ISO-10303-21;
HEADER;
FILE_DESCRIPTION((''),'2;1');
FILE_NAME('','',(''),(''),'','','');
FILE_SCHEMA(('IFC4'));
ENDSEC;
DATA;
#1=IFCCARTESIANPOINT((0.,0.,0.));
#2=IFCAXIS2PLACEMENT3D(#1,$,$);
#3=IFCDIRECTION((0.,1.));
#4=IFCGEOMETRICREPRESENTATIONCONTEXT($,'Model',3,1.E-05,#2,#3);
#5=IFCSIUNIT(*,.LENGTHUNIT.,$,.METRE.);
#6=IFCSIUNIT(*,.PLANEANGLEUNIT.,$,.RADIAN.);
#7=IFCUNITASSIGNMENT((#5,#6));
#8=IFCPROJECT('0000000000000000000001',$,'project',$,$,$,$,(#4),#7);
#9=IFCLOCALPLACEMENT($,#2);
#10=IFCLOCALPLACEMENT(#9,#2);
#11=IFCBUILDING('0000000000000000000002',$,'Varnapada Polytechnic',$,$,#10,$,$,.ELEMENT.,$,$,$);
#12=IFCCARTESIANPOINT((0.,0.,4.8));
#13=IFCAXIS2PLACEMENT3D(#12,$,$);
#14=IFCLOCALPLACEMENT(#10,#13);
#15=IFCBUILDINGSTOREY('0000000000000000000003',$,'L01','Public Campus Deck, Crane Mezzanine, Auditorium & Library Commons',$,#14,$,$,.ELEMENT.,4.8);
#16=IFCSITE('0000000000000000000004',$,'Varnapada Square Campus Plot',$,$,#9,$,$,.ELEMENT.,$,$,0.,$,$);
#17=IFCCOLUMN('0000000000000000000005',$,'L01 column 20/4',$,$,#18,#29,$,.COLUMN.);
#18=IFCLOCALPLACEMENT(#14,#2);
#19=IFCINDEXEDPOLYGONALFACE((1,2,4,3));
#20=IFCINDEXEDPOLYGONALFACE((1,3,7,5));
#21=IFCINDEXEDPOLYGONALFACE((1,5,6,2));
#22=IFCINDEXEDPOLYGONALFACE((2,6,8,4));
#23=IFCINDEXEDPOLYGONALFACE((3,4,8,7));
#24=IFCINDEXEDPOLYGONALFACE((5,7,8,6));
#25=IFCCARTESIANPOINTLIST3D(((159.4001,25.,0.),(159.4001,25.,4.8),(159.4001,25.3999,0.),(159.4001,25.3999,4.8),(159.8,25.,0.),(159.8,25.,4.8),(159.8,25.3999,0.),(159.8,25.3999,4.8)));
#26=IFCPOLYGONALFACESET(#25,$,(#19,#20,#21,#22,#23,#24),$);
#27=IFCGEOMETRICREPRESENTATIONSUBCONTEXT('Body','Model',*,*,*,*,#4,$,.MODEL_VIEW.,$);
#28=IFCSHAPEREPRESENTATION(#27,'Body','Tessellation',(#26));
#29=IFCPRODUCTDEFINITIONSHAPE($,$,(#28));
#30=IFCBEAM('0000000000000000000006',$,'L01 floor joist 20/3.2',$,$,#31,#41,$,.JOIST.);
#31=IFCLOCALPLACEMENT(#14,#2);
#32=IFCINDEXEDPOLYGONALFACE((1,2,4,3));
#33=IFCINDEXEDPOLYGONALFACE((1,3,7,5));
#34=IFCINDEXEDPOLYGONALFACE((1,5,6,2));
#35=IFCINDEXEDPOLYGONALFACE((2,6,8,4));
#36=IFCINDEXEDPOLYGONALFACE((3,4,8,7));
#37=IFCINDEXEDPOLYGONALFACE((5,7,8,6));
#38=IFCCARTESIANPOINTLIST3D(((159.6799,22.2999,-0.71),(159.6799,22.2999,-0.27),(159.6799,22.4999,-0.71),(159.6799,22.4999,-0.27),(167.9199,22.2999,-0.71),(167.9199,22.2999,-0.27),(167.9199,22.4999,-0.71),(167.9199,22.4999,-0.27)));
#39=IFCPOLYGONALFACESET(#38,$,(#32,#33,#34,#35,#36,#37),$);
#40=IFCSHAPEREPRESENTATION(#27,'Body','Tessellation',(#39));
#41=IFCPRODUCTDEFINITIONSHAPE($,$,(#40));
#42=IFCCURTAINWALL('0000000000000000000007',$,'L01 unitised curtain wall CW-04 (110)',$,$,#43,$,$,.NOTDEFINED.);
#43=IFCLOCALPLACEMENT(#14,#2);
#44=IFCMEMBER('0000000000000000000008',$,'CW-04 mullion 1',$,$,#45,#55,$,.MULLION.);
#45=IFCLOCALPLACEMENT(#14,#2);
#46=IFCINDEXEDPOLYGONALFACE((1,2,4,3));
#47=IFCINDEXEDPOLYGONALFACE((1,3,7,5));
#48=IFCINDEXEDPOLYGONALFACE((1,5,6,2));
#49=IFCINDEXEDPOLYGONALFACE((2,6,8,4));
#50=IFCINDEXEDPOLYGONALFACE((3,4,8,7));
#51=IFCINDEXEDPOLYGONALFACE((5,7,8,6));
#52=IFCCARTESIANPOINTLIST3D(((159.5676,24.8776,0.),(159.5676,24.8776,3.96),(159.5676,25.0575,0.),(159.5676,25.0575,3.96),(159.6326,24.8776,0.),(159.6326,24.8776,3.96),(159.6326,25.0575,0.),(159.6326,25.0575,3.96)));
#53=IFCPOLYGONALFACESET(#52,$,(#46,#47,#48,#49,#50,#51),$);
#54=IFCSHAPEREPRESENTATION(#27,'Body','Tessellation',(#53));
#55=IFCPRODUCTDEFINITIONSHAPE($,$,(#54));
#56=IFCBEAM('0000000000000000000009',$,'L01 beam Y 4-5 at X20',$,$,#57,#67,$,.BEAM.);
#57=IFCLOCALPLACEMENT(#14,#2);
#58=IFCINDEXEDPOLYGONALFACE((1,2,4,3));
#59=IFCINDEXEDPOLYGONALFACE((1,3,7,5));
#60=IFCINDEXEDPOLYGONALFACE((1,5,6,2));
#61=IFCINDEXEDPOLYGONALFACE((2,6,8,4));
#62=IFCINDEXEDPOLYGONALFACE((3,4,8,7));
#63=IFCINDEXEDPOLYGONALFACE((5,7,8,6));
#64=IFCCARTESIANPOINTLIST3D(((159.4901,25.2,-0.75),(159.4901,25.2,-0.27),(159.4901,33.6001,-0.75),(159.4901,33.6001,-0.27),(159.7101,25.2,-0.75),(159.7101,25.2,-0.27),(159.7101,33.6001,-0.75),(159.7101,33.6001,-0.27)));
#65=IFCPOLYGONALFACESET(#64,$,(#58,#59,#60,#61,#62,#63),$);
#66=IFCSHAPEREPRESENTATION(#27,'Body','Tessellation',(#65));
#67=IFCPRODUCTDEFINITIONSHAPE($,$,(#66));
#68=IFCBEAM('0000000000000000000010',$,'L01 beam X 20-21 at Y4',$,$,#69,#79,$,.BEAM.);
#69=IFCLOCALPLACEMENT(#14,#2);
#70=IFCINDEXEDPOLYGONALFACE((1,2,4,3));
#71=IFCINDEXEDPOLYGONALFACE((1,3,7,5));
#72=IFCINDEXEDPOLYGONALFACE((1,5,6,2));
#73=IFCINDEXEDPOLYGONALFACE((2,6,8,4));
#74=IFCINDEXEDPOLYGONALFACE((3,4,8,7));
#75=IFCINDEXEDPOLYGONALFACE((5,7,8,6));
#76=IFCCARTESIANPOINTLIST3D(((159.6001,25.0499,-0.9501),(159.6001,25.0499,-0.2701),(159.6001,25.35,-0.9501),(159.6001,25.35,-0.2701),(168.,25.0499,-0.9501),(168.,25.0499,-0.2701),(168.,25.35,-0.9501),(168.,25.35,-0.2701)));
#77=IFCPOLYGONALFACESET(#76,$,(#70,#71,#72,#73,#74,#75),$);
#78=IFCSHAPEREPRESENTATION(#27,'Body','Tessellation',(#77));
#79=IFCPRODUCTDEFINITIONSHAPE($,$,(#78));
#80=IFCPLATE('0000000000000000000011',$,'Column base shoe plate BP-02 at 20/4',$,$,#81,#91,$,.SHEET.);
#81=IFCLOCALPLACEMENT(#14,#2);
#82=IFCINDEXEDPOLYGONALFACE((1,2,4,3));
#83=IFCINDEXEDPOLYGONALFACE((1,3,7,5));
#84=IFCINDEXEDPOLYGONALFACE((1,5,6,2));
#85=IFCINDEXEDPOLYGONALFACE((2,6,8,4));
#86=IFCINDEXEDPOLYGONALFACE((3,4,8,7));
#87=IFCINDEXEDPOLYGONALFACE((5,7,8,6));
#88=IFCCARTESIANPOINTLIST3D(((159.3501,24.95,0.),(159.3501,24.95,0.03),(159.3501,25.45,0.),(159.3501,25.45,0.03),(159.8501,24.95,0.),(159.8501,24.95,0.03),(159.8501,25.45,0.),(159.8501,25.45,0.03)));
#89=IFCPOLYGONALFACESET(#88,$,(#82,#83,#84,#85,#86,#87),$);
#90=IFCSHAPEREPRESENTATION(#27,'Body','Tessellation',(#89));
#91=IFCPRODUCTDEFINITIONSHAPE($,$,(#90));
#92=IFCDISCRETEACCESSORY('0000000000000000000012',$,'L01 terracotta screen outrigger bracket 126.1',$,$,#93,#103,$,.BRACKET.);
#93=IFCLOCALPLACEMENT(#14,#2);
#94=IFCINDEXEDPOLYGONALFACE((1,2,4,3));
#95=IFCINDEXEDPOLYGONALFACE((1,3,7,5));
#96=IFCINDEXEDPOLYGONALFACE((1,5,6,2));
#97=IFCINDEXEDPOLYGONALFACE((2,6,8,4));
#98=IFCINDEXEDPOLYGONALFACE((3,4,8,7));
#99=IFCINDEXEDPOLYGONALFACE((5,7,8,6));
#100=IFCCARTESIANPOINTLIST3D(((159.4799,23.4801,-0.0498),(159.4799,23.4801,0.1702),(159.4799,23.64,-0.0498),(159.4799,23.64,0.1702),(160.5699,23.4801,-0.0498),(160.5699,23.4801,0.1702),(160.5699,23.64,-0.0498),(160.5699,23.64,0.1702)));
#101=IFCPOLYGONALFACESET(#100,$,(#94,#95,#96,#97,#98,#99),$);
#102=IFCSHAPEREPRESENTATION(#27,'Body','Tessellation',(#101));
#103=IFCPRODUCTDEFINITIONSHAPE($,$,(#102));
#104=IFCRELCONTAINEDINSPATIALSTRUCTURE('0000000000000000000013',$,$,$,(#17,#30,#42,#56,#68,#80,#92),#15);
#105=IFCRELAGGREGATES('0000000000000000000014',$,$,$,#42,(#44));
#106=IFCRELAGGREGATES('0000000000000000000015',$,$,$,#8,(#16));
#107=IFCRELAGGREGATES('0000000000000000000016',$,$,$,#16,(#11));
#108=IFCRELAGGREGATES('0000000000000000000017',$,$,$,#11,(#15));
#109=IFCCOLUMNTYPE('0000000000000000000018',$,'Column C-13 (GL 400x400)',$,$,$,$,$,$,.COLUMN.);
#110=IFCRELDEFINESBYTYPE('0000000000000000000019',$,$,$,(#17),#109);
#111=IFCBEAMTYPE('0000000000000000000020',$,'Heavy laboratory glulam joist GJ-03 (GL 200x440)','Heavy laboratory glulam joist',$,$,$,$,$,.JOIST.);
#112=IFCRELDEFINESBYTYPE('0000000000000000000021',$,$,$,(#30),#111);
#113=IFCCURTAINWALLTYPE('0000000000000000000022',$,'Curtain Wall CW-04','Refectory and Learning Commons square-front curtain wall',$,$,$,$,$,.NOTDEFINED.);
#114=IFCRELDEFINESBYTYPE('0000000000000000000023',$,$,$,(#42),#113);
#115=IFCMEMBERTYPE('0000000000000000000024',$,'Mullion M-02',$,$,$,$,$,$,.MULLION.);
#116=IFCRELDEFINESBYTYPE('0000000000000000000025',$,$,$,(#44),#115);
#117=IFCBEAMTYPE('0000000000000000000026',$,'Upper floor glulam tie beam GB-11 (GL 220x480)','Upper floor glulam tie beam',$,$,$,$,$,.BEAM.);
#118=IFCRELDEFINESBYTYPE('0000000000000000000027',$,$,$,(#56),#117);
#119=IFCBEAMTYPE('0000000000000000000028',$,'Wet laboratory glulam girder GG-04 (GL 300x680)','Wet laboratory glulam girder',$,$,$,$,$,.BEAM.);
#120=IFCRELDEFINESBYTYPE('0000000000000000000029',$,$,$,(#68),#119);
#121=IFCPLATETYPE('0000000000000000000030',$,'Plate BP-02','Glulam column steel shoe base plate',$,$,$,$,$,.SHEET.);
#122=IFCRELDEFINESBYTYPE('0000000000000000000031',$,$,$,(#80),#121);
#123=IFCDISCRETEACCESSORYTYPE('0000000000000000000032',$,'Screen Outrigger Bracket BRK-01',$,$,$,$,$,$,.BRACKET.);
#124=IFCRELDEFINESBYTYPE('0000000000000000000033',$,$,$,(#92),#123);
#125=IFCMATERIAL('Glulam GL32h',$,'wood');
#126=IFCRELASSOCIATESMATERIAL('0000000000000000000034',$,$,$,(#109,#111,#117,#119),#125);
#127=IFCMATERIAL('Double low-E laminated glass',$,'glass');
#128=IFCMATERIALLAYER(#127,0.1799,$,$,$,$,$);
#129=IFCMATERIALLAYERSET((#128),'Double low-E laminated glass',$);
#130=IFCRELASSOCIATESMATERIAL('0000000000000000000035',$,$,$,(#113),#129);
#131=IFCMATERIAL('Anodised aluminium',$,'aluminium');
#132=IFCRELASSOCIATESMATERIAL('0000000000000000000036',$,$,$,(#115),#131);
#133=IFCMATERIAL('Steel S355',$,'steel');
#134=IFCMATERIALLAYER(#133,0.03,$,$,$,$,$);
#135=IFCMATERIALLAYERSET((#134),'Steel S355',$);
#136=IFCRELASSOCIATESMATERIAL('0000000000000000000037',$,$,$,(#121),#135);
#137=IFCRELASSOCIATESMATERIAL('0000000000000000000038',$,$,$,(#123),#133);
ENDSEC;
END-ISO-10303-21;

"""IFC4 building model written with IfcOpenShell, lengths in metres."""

from ifc_helpers import new_model, si_unit, direction, frame, origin, origin_2d, place, context, subcontext, project, spatial, rectangle, extrude, material, layer, layer_set, material_profile, profile_set, type_object, element, aggregate, save


model = new_model("IFC4")

# Units and contexts
model_context = context("Model", 3, precision=1e-05, world=origin(), true_north=direction((0.0, 1.0)))
body_context = subcontext(model_context, "Body", "Model", "MODEL_VIEW")
ifc_project = project(units=[si_unit("LENGTHUNIT", "METRE"), si_unit("PLANEANGLEUNIT", "RADIAN")], contexts=[model_context])

# Site, building, storey
site_placement = place(None, origin())
site = spatial("IfcSite", under=ifc_project, at=site_placement, Name="Varnapada Square Campus Plot", CompositionType="ELEMENT", RefElevation=0.0)
building_placement = place(site_placement, origin())
building = spatial("IfcBuilding", under=site, at=building_placement, Name="Varnapada Polytechnic", CompositionType="ELEMENT")
storey_placement = place(building_placement, frame((0.0, 0.0, 4.8)))
storey = spatial("IfcBuildingStorey", under=building, at=storey_placement, Name="L01", Description="Public Campus Deck, Crane Mezzanine, Auditorium & Library Commons", CompositionType="ELEMENT", Elevation=4.8)

# Column
ifc_material_1 = material(Name="Glulam GL32h", Category="wood")
ifc_material_profile_1 = material_profile(ifc_material_1, rectangle(XDim=0.3999, YDim=0.3999, at=origin_2d()), Name="GL 400x400")
ifc_profile_set_1 = profile_set([ifc_material_profile_1], Name="Glulam GL32h")
column_type = type_object("IfcColumnType", Name="Column C-13 (GL 400x400)", PredefinedType="COLUMN", material=ifc_profile_set_1)
column_placement = place(storey_placement, frame((159.6001, 25.2, 0.0), z_axis=(0.0, 0.0, 1.0), x_axis=(1.0, 0.0, 0.0)))
element("IfcColumn", 1, at=column_placement, inside=storey, type_object=column_type, Name="L01 column 20/4", PredefinedType="COLUMN", context=body_context, shape_type="SweptSolid", body=[
    extrude(rectangle(XDim=0.3999, YDim=0.3999, at=origin_2d()), origin(), (0.0, 0.0, 1.0), 4.8),
])

# Beam
ifc_material_profile_2 = material_profile(ifc_material_1, rectangle(XDim=0.2, YDim=0.4399, at=origin_2d()), Name="GL 200x440")
ifc_profile_set_2 = profile_set([ifc_material_profile_2], Name="Glulam GL32h")
beam_type_1 = type_object("IfcBeamType", Name="Heavy laboratory glulam joist GJ-03 (GL 200x440)", Description="Heavy laboratory glulam joist", PredefinedType="JOIST", material=ifc_profile_set_2)
beam_1_placement = place(storey_placement, frame((159.6799, 22.3999, -0.49), z_axis=(1.0, 0.0, 0.0), x_axis=(0.0, 1.0, 0.0)))
element("IfcBeam", 2, at=beam_1_placement, inside=storey, type_object=beam_type_1, Name="L01 floor joist 20/3.2", PredefinedType="JOIST", context=body_context, shape_type="SweptSolid", body=[
    extrude(rectangle(XDim=0.2, YDim=0.4399, at=origin_2d()), origin(), (0.0, 0.0, 1.0), 8.24),
])

# Curtain wall, member
ifc_material_2 = material(Name="Double low-E laminated glass", Category="glass")
ifc_layer_1 = layer(ifc_material_2, 0.1799)
ifc_layer_set_1 = layer_set([ifc_layer_1], Name="Double low-E laminated glass")
curtain_wall_type = type_object("IfcCurtainWallType", Name="Curtain Wall CW-04", Description="Refectory and Learning Commons square-front curtain wall", PredefinedType="NOTDEFINED", material=ifc_layer_set_1)
curtain_wall_placement = place(storey_placement, origin())
curtain_wall = element("IfcCurtainWall", 3, at=curtain_wall_placement, inside=storey, type_object=curtain_wall_type, Name="L01 unitised curtain wall CW-04 (110)", PredefinedType="NOTDEFINED")
ifc_material_3 = material(Name="Anodised aluminium", Category="aluminium")
ifc_material_profile_3 = material_profile(ifc_material_3, rectangle(XDim=0.0649, YDim=0.1799, at=origin_2d()), Name="ALU M65x180")
ifc_profile_set_3 = profile_set([ifc_material_profile_3], Name="Anodised aluminium")
member_type = type_object("IfcMemberType", Name="Mullion M-02", PredefinedType="MULLION", material=ifc_profile_set_3)
member_placement = place(storey_placement, frame((159.6001, 24.9675, 0.0), z_axis=(0.0, 0.0, 1.0), x_axis=(1.0, 0.0, 0.0)))
member = element("IfcMember", 4, at=member_placement, type_object=member_type, Name="CW-04 mullion 1", PredefinedType="MULLION", context=body_context, shape_type="SweptSolid", body=[
    extrude(rectangle(XDim=0.0649, YDim=0.1799, at=origin_2d()), origin(), (0.0, 0.0, 1.0), 3.96),
])
aggregate(curtain_wall, [member])

# Beams
ifc_material_profile_4 = material_profile(ifc_material_1, rectangle(XDim=0.22, YDim=0.48, at=origin_2d()), Name="GL 220x480")
ifc_profile_set_4 = profile_set([ifc_material_profile_4], Name="Glulam GL32h")
beam_type_2 = type_object("IfcBeamType", Name="Upper floor glulam tie beam GB-11 (GL 220x480)", Description="Upper floor glulam tie beam", PredefinedType="BEAM", material=ifc_profile_set_4)
beam_2_placement = place(storey_placement, frame((159.6001, 25.2, -0.51), z_axis=(0.0, 1.0, 0.0), x_axis=(-1.0, 0.0, 0.0)))
element("IfcBeam", 5, at=beam_2_placement, inside=storey, type_object=beam_type_2, Name="L01 beam Y 4-5 at X20", PredefinedType="BEAM", context=body_context, shape_type="SweptSolid", body=[
    extrude(rectangle(XDim=0.22, YDim=0.48, at=origin_2d()), origin(), (0.0, 0.0, 1.0), 8.4001),
])
ifc_material_profile_5 = material_profile(ifc_material_1, rectangle(XDim=0.3, YDim=0.6799, at=origin_2d()), Name="GL 300x680")
ifc_profile_set_5 = profile_set([ifc_material_profile_5], Name="Glulam GL32h")
beam_type_3 = type_object("IfcBeamType", Name="Wet laboratory glulam girder GG-04 (GL 300x680)", Description="Wet laboratory glulam girder", PredefinedType="BEAM", material=ifc_profile_set_5)
beam_3_placement = place(storey_placement, frame((159.6001, 25.2, -0.6101), z_axis=(1.0, 0.0, 0.0), x_axis=(0.0, 1.0, 0.0)))
element("IfcBeam", 6, at=beam_3_placement, inside=storey, type_object=beam_type_3, Name="L01 beam X 20-21 at Y4", PredefinedType="BEAM", context=body_context, shape_type="SweptSolid", body=[
    extrude(rectangle(XDim=0.3, YDim=0.6799, at=origin_2d()), origin(), (0.0, 0.0, 1.0), 8.3999),
])

# Plate
ifc_material_4 = material(Name="Steel S355", Category="steel")
ifc_layer_2 = layer(ifc_material_4, 0.03)
ifc_layer_set_2 = layer_set([ifc_layer_2], Name="Steel S355")
plate_type = type_object("IfcPlateType", Name="Plate BP-02", Description="Glulam column steel shoe base plate", PredefinedType="SHEET", material=ifc_layer_set_2)
plate_placement = place(storey_placement, frame((159.6001, 25.2, 0.0), z_axis=(0.0, 0.0, 1.0), x_axis=(1.0, 0.0, 0.0)))
element("IfcPlate", 7, at=plate_placement, inside=storey, type_object=plate_type, Name="Column base shoe plate BP-02 at 20/4", PredefinedType="SHEET", context=body_context, shape_type="SweptSolid", body=[
    extrude(rectangle(XDim=0.5, YDim=0.5, at=origin_2d()), origin(), (0.0, 0.0, 1.0), 0.03),
])

# Discrete accessory
discrete_accessory_type = type_object("IfcDiscreteAccessoryType", Name="Screen Outrigger Bracket BRK-01", PredefinedType="BRACKET", material=ifc_material_4)
discrete_accessory_placement = place(storey_placement, frame((160.0249, 23.5601, -0.0498), z_axis=(0.0, 0.0, 1.0), x_axis=(0.0, -1.0, 0.0)))
element("IfcDiscreteAccessory", 8, at=discrete_accessory_placement, inside=storey, type_object=discrete_accessory_type, Name="L01 terracotta screen outrigger bracket 126.1", PredefinedType="BRACKET", context=body_context, shape_type="SweptSolid", body=[
    extrude(rectangle(XDim=0.1599, YDim=1.0901, at=origin_2d()), origin(), (0.0, 0.0, 1.0), 0.22),
])

save(model, "model.ifc")
